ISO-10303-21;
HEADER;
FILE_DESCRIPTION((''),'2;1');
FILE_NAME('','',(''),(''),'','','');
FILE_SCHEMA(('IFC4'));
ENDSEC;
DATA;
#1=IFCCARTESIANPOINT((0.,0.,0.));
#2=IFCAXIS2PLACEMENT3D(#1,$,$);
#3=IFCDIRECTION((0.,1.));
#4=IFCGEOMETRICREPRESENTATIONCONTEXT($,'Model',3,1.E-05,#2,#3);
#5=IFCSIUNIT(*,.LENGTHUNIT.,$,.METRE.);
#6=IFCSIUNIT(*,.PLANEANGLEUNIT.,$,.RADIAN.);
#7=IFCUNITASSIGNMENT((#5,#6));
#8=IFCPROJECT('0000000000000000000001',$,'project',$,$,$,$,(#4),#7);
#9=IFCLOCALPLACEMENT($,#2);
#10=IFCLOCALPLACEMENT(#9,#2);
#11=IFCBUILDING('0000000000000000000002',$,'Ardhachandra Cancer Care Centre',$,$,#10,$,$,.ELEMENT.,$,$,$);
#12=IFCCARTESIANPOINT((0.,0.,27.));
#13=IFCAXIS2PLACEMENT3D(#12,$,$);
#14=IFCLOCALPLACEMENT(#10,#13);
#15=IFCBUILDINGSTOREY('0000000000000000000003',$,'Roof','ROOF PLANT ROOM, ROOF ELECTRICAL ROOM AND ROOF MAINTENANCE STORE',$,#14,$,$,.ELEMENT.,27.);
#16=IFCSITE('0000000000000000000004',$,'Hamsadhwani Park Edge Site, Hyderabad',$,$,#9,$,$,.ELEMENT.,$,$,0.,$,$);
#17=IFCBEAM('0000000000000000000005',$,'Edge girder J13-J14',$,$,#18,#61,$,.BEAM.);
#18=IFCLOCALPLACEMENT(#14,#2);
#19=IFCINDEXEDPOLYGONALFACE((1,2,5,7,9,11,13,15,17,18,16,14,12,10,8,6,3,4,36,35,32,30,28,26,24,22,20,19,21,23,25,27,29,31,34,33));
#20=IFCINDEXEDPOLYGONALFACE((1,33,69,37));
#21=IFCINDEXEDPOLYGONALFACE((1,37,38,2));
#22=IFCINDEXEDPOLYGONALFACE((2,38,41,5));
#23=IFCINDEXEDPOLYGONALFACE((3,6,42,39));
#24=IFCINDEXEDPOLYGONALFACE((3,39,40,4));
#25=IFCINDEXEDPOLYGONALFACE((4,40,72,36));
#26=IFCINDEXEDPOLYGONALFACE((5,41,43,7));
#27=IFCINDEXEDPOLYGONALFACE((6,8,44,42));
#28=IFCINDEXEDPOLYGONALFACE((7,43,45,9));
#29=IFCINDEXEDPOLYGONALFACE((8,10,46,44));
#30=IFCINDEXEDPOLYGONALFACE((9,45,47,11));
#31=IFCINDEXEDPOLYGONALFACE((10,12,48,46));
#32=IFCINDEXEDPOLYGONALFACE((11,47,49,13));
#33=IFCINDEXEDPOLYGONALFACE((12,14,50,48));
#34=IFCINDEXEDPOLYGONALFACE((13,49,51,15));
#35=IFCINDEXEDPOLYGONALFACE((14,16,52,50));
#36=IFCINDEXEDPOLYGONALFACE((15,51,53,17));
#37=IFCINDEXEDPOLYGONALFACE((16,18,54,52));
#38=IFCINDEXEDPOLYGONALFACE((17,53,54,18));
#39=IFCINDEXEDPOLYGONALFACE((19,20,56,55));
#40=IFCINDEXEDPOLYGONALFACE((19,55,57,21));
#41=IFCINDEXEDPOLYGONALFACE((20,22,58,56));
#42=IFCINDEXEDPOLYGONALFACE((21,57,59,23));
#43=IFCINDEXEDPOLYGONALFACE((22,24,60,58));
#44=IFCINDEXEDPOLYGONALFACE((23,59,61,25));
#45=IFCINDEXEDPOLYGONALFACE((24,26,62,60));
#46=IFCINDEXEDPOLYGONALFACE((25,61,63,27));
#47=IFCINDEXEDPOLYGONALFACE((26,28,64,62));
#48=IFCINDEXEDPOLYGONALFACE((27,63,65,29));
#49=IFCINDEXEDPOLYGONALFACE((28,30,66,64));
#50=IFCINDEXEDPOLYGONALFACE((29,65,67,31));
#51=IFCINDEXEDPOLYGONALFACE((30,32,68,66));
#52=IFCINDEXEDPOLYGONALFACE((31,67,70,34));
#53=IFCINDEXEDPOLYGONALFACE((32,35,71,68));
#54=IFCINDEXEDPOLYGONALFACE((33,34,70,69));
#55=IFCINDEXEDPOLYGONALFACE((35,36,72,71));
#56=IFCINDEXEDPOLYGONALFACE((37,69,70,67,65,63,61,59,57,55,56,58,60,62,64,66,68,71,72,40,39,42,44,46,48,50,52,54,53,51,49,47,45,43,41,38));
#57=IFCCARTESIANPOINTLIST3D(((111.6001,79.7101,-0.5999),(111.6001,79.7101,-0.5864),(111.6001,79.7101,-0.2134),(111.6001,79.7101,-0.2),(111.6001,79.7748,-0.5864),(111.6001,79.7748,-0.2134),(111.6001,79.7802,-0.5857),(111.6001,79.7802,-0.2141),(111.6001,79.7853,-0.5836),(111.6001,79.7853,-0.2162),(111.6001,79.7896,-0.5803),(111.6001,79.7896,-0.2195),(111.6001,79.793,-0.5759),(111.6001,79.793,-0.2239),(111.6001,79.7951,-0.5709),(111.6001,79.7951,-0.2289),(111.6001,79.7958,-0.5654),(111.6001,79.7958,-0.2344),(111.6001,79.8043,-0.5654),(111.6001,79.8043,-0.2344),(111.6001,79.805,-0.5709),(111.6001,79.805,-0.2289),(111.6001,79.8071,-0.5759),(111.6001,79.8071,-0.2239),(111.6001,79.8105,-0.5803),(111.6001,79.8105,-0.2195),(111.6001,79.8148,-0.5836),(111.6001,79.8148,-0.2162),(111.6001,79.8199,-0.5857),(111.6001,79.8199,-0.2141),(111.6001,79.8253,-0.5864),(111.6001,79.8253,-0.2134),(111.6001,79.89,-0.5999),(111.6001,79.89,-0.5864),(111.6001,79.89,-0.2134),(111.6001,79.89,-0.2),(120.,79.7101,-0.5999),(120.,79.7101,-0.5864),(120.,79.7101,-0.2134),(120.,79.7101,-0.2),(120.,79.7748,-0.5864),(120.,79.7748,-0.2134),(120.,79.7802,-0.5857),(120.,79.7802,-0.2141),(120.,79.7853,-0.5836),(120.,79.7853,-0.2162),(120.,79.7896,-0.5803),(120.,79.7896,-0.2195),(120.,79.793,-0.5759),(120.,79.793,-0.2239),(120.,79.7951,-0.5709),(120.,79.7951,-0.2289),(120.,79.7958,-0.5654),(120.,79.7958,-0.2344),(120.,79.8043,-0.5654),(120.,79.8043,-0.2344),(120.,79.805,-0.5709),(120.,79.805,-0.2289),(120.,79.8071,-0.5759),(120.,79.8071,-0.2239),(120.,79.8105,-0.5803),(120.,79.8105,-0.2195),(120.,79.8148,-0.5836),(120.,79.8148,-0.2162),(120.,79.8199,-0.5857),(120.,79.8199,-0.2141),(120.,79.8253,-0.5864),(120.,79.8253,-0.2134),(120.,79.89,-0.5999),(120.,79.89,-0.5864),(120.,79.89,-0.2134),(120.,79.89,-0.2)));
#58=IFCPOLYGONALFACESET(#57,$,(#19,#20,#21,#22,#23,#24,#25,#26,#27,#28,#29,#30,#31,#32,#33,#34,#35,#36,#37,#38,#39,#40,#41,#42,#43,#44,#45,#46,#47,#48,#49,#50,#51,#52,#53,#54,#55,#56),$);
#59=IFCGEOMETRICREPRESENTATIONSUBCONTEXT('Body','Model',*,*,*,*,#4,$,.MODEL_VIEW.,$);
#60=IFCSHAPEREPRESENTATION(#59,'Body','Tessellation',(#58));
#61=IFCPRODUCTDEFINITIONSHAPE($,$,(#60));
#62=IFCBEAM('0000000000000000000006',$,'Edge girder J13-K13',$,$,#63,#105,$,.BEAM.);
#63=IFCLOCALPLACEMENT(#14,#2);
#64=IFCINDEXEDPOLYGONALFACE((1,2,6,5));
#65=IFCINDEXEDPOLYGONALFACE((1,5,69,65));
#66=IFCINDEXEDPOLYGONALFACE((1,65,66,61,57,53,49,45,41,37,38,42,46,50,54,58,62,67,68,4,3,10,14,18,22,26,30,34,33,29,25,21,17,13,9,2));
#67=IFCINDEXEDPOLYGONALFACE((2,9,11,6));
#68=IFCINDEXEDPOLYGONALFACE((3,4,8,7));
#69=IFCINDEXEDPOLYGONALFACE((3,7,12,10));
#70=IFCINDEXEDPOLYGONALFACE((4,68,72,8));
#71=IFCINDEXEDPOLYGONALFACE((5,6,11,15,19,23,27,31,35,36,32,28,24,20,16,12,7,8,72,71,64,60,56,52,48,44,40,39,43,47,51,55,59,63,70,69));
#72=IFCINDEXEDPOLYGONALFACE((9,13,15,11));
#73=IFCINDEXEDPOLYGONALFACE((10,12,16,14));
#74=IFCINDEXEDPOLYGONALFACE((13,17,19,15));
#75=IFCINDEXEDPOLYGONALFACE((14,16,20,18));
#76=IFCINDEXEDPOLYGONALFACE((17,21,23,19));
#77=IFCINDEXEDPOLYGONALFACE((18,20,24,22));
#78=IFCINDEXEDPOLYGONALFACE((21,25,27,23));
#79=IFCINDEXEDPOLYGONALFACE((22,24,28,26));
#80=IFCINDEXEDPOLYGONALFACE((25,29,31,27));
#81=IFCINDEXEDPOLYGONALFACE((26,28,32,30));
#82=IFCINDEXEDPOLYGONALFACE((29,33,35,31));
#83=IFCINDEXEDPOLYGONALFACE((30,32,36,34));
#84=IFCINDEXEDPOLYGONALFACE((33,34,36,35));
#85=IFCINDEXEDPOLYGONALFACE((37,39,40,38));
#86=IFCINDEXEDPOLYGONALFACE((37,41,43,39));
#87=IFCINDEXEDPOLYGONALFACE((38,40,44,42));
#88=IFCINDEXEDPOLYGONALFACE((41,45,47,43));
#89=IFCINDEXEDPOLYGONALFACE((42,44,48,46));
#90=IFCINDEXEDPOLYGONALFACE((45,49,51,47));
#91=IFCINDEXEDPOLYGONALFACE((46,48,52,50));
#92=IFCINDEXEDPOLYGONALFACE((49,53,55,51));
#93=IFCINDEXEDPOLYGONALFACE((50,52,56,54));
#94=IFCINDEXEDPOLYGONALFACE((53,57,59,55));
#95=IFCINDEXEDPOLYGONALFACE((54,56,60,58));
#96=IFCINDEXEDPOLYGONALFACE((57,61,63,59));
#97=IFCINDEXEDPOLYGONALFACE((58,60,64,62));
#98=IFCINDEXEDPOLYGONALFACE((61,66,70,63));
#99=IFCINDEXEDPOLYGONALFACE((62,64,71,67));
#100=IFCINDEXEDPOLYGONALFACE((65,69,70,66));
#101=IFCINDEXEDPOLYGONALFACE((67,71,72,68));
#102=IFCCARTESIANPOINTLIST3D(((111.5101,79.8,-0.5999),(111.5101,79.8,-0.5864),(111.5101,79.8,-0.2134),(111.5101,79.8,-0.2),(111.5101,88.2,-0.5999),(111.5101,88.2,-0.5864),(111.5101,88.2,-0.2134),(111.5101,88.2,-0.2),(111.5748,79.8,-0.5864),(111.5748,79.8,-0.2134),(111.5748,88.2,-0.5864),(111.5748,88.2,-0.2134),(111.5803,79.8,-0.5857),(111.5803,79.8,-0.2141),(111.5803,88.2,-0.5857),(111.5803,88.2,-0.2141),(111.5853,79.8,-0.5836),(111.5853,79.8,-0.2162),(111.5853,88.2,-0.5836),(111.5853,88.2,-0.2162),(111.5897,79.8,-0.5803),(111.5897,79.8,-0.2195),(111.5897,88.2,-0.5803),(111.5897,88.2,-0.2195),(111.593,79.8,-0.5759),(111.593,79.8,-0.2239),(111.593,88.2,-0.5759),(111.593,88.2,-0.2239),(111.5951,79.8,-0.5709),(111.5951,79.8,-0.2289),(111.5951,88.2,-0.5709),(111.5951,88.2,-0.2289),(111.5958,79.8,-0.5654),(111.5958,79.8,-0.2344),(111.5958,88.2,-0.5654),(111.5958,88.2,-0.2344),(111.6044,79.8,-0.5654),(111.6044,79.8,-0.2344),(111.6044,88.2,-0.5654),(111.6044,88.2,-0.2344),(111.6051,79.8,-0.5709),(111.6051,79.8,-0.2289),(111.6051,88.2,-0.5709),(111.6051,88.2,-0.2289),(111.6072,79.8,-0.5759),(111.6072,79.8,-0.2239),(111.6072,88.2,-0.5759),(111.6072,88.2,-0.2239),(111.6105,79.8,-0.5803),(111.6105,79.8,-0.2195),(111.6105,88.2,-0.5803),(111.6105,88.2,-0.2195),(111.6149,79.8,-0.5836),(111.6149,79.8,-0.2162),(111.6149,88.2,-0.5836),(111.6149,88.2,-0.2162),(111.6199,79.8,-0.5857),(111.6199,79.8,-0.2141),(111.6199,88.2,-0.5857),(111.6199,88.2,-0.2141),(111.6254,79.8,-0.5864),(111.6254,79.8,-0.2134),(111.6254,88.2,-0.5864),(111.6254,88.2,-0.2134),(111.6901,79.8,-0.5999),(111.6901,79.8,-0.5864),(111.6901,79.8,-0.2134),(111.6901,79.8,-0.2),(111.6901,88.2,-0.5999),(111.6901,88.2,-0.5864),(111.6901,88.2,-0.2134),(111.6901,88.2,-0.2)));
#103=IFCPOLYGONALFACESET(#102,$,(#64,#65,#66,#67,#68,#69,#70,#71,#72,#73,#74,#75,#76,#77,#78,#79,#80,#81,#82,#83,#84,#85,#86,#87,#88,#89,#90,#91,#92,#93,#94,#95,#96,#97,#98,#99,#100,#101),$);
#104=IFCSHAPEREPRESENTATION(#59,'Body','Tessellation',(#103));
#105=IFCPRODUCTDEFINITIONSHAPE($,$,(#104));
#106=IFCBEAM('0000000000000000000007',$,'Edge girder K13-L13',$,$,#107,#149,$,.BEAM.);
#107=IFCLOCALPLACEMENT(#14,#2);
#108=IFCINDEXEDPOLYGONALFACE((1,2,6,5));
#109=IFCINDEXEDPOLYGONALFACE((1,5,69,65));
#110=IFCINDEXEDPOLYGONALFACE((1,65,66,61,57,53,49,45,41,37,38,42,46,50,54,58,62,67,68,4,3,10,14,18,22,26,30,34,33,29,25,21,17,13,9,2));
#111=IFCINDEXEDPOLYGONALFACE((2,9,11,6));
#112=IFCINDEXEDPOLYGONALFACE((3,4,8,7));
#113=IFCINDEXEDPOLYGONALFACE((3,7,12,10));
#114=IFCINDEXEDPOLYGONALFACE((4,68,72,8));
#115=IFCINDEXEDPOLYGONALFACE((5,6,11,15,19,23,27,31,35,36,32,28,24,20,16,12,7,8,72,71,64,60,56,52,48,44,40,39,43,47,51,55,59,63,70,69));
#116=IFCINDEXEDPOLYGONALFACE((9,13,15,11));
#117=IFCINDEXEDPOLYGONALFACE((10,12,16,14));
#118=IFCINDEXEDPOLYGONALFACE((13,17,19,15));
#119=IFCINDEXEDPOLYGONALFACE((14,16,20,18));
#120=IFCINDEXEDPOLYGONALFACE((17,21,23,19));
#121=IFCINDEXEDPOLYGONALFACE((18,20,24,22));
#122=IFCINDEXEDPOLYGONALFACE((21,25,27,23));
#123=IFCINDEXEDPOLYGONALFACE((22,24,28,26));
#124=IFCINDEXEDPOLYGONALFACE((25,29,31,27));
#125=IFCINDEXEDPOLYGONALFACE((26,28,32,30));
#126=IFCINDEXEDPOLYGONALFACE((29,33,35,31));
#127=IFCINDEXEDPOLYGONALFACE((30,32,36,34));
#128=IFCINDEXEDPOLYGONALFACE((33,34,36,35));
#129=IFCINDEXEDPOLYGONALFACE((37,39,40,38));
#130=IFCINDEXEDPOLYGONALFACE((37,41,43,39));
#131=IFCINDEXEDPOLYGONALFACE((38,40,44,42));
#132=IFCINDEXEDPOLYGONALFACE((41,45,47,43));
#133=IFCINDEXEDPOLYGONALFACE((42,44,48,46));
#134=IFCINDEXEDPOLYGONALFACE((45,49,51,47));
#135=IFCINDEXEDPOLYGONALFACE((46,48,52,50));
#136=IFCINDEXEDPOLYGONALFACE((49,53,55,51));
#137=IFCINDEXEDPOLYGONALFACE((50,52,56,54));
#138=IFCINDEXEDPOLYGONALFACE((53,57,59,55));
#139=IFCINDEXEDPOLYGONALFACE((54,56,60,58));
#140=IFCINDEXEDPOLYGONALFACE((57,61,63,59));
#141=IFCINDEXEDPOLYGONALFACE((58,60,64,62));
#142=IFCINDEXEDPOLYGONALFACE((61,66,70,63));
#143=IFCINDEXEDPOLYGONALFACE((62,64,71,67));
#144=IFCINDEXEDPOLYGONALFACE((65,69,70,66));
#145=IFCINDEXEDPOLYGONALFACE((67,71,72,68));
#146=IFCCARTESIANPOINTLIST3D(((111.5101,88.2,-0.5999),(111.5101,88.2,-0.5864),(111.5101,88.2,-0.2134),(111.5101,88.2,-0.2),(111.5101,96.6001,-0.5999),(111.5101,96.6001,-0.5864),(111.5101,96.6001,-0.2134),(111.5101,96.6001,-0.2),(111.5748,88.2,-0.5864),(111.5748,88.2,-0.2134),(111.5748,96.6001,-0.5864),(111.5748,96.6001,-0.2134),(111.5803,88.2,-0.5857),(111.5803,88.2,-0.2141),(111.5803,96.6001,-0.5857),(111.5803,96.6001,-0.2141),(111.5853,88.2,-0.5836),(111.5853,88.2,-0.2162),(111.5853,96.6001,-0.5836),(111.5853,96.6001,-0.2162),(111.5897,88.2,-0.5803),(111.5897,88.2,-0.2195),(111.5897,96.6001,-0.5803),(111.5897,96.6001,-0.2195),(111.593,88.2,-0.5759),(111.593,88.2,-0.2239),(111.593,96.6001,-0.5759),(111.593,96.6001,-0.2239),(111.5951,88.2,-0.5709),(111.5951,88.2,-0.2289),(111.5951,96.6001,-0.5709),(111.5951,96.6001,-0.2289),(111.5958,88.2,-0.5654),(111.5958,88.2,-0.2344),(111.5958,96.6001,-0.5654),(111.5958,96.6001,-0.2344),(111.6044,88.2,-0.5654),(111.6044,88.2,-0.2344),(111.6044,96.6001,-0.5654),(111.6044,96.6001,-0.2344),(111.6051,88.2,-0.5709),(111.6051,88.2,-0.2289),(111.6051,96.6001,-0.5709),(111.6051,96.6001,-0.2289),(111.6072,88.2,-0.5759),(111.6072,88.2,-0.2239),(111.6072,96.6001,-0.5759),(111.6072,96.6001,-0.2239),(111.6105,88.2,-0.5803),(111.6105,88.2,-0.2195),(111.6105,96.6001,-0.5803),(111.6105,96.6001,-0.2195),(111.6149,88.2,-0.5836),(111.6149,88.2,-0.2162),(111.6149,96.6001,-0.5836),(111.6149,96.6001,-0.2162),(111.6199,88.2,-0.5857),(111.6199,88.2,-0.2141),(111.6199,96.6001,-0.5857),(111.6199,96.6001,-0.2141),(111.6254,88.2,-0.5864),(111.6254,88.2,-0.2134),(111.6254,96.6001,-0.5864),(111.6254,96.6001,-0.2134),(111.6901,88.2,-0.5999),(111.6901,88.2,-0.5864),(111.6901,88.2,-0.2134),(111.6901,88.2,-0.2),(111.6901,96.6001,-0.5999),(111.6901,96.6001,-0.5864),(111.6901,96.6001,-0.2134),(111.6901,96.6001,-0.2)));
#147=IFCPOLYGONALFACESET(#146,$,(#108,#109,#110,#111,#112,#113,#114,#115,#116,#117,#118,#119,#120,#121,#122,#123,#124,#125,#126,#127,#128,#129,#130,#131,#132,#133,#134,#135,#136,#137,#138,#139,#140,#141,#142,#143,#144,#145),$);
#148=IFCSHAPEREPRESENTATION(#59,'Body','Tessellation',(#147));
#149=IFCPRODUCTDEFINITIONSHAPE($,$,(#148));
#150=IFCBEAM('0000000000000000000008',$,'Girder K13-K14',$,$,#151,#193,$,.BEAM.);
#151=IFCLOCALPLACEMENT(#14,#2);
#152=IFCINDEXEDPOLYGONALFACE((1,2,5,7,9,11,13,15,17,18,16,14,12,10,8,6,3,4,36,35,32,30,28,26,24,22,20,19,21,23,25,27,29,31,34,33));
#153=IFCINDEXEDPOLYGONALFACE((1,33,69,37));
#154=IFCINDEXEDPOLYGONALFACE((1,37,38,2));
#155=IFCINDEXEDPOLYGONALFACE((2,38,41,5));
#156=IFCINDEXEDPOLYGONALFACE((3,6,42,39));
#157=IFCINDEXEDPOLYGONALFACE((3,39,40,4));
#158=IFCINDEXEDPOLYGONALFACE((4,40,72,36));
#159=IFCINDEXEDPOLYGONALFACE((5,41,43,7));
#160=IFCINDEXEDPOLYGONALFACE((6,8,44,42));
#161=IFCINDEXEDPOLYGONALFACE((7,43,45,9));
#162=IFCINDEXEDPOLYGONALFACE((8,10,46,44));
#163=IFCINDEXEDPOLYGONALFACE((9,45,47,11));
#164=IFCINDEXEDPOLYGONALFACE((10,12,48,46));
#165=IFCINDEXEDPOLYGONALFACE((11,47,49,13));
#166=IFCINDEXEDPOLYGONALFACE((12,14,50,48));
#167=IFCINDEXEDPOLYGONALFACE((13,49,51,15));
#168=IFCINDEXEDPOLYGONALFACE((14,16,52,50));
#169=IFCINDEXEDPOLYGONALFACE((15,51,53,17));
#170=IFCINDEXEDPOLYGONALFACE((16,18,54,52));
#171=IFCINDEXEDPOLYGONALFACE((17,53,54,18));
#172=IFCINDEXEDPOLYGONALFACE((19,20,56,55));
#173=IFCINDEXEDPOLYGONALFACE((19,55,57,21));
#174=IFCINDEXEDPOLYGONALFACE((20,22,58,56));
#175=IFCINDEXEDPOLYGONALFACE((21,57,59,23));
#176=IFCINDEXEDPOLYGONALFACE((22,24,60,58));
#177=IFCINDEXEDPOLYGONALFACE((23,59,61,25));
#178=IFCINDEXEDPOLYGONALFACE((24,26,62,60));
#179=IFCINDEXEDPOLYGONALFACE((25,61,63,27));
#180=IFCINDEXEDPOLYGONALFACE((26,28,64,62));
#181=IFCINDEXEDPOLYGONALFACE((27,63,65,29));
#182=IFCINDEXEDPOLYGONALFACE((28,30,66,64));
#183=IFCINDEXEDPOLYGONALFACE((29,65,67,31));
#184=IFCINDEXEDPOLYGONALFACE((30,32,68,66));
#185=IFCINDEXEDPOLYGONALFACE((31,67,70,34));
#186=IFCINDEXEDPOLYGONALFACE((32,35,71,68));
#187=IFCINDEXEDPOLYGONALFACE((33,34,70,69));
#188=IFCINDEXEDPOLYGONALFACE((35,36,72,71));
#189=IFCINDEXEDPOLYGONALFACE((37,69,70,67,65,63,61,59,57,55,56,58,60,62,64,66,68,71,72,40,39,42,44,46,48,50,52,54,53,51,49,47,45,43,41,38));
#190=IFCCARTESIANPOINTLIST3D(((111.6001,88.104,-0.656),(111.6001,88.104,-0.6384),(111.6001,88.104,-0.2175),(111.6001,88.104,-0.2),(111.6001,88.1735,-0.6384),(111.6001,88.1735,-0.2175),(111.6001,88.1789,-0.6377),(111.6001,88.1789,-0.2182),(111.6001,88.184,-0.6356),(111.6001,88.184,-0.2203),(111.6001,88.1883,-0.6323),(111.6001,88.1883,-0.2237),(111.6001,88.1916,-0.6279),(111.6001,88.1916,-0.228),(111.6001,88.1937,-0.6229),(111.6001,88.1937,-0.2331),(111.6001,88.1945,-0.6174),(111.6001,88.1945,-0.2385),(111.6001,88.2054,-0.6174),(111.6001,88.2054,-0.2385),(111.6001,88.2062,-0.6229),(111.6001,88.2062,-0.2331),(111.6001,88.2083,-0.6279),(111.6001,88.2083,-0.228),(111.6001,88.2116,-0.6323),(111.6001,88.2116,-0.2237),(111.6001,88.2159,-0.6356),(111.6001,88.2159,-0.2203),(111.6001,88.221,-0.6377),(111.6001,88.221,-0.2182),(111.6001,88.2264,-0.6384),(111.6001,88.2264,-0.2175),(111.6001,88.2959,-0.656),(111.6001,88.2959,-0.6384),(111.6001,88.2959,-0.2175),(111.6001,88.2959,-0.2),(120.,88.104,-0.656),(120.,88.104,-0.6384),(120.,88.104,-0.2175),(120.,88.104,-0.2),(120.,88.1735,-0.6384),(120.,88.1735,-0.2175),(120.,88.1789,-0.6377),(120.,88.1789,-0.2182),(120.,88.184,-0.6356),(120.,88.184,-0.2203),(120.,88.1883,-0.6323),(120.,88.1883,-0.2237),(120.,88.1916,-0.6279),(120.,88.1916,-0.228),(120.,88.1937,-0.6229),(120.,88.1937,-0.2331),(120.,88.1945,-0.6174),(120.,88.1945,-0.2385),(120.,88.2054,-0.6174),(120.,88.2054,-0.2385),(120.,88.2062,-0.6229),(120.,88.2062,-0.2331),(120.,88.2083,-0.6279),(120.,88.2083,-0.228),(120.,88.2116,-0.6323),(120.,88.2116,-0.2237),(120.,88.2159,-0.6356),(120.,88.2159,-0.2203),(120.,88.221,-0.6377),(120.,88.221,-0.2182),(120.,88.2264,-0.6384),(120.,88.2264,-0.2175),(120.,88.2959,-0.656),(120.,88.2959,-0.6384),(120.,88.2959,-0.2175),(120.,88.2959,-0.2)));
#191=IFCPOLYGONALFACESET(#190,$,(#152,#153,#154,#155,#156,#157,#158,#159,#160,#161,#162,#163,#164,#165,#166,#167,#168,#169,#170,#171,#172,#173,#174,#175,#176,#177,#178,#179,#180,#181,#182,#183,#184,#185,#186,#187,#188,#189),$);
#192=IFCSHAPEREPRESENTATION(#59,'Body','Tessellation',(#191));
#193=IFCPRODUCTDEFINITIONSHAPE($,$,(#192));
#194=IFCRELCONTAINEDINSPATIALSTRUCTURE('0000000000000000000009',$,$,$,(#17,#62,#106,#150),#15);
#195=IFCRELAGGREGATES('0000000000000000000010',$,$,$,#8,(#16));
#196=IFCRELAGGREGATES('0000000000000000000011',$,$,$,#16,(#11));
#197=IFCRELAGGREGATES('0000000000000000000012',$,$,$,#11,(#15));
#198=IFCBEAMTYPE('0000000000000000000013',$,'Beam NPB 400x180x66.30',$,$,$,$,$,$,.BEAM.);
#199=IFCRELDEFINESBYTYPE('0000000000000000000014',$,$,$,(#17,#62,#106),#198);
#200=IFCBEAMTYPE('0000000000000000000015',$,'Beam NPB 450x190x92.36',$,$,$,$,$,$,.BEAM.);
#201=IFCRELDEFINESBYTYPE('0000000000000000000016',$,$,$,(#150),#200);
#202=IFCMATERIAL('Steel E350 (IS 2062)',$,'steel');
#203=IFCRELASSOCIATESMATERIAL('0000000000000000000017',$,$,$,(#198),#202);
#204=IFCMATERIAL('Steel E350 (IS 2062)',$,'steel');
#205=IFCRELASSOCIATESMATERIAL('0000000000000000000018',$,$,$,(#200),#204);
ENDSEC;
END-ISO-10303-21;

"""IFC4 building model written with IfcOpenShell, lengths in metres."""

from ifc_helpers import new_model, si_unit, direction, frame, origin, origin_2d, place, context, subcontext, project, spatial, i_section, extrude, material, material_profile, profile_set, type_object, element, save


model = new_model("IFC4")

# Units and contexts
model_context = context("Model", 3, precision=1e-05, world=origin(), true_north=direction((0.0, 1.0)))
body_context = subcontext(model_context, "Body", "Model", "MODEL_VIEW")
ifc_project = project(units=[si_unit("LENGTHUNIT", "METRE"), si_unit("PLANEANGLEUNIT", "RADIAN")], contexts=[model_context])

# Site, building, storey
site_placement = place(None, origin())
site = spatial("IfcSite", under=ifc_project, at=site_placement, Name="Hamsadhwani Park Edge Site, Hyderabad", CompositionType="ELEMENT", RefElevation=0.0)
building_placement = place(site_placement, origin())
building = spatial("IfcBuilding", under=site, at=building_placement, Name="Ardhachandra Cancer Care Centre", CompositionType="ELEMENT")
storey_placement = place(building_placement, frame((0.0, 0.0, 27.0)))
storey = spatial("IfcBuildingStorey", under=building, at=storey_placement, Name="Roof", Description="ROOF PLANT ROOM, ROOF ELECTRICAL ROOM AND ROOF MAINTENANCE STORE", CompositionType="ELEMENT", Elevation=27.0)

# Beams
ifc_material_1 = material(Name="Steel E350 (IS 2062)", Category="steel")
ifc_material_profile_1 = material_profile(ifc_material_1, i_section(OverallWidth=0.1799, OverallDepth=0.3999, WebThickness=0.0085, FlangeThickness=0.0134, FilletRadius=0.021, at=origin_2d()), Name="NPB 400x180x66.30")
ifc_profile_set_1 = profile_set([ifc_material_profile_1], Name="Steel E350 (IS 2062)")
beam_type_1 = type_object("IfcBeamType", Name="Beam NPB 400x180x66.30", PredefinedType="BEAM", material=ifc_profile_set_1)
for number, where, z_axis, x_axis, name in (
    (1, (111.6001, 79.8, -0.3999), (1.0, 0.0, 0.0), (0.0, 1.0, 0.0), "Edge girder J13-J14"),
    (2, (111.6001, 79.8, -0.3999), (0.0, 1.0, 0.0), (-1.0, 0.0, 0.0), "Edge girder J13-K13"),
):
    element("IfcBeam", number, at=place(storey_placement, frame(where, z_axis=z_axis, x_axis=x_axis)), inside=storey, type_object=beam_type_1, Name=name, PredefinedType="BEAM", context=body_context, shape_type="SweptSolid", body=[
        extrude(i_section(OverallWidth=0.1799, OverallDepth=0.3999, WebThickness=0.0085, FlangeThickness=0.0134, FilletRadius=0.021, at=origin_2d()), origin(), (0.0, 0.0, 1.0), 8.3999),
    ])
beam_1_placement = place(storey_placement, frame((111.6001, 88.2, -0.3999), z_axis=(0.0, 1.0, 0.0), x_axis=(-1.0, 0.0, 0.0)))
element("IfcBeam", 3, at=beam_1_placement, inside=storey, type_object=beam_type_1, Name="Edge girder K13-L13", PredefinedType="BEAM", context=body_context, shape_type="SweptSolid", body=[
    extrude(i_section(OverallWidth=0.1799, OverallDepth=0.3999, WebThickness=0.0085, FlangeThickness=0.0134, FilletRadius=0.021, at=origin_2d()), origin(), (0.0, 0.0, 1.0), 8.4001),
])
ifc_material_2 = material(Name="Steel E350 (IS 2062)", Category="steel")
ifc_material_profile_2 = material_profile(ifc_material_2, i_section(OverallWidth=0.1919, OverallDepth=0.4561, WebThickness=0.011, FlangeThickness=0.0176, FilletRadius=0.021, at=origin_2d()), Name="NPB 450x190x92.36")
ifc_profile_set_2 = profile_set([ifc_material_profile_2], Name="Steel E350 (IS 2062)")
beam_type_2 = type_object("IfcBeamType", Name="Beam NPB 450x190x92.36", PredefinedType="BEAM", material=ifc_profile_set_2)
beam_2_placement = place(storey_placement, frame((111.6001, 88.2, -0.428), z_axis=(1.0, 0.0, 0.0), x_axis=(0.0, 1.0, 0.0)))
element("IfcBeam", 4, at=beam_2_placement, inside=storey, type_object=beam_type_2, Name="Girder K13-K14", PredefinedType="BEAM", context=body_context, shape_type="SweptSolid", body=[
    extrude(i_section(OverallWidth=0.1919, OverallDepth=0.4561, WebThickness=0.011, FlangeThickness=0.0176, FilletRadius=0.021, at=origin_2d()), origin(), (0.0, 0.0, 1.0), 8.3999),
])

save(model, "model.ifc")
